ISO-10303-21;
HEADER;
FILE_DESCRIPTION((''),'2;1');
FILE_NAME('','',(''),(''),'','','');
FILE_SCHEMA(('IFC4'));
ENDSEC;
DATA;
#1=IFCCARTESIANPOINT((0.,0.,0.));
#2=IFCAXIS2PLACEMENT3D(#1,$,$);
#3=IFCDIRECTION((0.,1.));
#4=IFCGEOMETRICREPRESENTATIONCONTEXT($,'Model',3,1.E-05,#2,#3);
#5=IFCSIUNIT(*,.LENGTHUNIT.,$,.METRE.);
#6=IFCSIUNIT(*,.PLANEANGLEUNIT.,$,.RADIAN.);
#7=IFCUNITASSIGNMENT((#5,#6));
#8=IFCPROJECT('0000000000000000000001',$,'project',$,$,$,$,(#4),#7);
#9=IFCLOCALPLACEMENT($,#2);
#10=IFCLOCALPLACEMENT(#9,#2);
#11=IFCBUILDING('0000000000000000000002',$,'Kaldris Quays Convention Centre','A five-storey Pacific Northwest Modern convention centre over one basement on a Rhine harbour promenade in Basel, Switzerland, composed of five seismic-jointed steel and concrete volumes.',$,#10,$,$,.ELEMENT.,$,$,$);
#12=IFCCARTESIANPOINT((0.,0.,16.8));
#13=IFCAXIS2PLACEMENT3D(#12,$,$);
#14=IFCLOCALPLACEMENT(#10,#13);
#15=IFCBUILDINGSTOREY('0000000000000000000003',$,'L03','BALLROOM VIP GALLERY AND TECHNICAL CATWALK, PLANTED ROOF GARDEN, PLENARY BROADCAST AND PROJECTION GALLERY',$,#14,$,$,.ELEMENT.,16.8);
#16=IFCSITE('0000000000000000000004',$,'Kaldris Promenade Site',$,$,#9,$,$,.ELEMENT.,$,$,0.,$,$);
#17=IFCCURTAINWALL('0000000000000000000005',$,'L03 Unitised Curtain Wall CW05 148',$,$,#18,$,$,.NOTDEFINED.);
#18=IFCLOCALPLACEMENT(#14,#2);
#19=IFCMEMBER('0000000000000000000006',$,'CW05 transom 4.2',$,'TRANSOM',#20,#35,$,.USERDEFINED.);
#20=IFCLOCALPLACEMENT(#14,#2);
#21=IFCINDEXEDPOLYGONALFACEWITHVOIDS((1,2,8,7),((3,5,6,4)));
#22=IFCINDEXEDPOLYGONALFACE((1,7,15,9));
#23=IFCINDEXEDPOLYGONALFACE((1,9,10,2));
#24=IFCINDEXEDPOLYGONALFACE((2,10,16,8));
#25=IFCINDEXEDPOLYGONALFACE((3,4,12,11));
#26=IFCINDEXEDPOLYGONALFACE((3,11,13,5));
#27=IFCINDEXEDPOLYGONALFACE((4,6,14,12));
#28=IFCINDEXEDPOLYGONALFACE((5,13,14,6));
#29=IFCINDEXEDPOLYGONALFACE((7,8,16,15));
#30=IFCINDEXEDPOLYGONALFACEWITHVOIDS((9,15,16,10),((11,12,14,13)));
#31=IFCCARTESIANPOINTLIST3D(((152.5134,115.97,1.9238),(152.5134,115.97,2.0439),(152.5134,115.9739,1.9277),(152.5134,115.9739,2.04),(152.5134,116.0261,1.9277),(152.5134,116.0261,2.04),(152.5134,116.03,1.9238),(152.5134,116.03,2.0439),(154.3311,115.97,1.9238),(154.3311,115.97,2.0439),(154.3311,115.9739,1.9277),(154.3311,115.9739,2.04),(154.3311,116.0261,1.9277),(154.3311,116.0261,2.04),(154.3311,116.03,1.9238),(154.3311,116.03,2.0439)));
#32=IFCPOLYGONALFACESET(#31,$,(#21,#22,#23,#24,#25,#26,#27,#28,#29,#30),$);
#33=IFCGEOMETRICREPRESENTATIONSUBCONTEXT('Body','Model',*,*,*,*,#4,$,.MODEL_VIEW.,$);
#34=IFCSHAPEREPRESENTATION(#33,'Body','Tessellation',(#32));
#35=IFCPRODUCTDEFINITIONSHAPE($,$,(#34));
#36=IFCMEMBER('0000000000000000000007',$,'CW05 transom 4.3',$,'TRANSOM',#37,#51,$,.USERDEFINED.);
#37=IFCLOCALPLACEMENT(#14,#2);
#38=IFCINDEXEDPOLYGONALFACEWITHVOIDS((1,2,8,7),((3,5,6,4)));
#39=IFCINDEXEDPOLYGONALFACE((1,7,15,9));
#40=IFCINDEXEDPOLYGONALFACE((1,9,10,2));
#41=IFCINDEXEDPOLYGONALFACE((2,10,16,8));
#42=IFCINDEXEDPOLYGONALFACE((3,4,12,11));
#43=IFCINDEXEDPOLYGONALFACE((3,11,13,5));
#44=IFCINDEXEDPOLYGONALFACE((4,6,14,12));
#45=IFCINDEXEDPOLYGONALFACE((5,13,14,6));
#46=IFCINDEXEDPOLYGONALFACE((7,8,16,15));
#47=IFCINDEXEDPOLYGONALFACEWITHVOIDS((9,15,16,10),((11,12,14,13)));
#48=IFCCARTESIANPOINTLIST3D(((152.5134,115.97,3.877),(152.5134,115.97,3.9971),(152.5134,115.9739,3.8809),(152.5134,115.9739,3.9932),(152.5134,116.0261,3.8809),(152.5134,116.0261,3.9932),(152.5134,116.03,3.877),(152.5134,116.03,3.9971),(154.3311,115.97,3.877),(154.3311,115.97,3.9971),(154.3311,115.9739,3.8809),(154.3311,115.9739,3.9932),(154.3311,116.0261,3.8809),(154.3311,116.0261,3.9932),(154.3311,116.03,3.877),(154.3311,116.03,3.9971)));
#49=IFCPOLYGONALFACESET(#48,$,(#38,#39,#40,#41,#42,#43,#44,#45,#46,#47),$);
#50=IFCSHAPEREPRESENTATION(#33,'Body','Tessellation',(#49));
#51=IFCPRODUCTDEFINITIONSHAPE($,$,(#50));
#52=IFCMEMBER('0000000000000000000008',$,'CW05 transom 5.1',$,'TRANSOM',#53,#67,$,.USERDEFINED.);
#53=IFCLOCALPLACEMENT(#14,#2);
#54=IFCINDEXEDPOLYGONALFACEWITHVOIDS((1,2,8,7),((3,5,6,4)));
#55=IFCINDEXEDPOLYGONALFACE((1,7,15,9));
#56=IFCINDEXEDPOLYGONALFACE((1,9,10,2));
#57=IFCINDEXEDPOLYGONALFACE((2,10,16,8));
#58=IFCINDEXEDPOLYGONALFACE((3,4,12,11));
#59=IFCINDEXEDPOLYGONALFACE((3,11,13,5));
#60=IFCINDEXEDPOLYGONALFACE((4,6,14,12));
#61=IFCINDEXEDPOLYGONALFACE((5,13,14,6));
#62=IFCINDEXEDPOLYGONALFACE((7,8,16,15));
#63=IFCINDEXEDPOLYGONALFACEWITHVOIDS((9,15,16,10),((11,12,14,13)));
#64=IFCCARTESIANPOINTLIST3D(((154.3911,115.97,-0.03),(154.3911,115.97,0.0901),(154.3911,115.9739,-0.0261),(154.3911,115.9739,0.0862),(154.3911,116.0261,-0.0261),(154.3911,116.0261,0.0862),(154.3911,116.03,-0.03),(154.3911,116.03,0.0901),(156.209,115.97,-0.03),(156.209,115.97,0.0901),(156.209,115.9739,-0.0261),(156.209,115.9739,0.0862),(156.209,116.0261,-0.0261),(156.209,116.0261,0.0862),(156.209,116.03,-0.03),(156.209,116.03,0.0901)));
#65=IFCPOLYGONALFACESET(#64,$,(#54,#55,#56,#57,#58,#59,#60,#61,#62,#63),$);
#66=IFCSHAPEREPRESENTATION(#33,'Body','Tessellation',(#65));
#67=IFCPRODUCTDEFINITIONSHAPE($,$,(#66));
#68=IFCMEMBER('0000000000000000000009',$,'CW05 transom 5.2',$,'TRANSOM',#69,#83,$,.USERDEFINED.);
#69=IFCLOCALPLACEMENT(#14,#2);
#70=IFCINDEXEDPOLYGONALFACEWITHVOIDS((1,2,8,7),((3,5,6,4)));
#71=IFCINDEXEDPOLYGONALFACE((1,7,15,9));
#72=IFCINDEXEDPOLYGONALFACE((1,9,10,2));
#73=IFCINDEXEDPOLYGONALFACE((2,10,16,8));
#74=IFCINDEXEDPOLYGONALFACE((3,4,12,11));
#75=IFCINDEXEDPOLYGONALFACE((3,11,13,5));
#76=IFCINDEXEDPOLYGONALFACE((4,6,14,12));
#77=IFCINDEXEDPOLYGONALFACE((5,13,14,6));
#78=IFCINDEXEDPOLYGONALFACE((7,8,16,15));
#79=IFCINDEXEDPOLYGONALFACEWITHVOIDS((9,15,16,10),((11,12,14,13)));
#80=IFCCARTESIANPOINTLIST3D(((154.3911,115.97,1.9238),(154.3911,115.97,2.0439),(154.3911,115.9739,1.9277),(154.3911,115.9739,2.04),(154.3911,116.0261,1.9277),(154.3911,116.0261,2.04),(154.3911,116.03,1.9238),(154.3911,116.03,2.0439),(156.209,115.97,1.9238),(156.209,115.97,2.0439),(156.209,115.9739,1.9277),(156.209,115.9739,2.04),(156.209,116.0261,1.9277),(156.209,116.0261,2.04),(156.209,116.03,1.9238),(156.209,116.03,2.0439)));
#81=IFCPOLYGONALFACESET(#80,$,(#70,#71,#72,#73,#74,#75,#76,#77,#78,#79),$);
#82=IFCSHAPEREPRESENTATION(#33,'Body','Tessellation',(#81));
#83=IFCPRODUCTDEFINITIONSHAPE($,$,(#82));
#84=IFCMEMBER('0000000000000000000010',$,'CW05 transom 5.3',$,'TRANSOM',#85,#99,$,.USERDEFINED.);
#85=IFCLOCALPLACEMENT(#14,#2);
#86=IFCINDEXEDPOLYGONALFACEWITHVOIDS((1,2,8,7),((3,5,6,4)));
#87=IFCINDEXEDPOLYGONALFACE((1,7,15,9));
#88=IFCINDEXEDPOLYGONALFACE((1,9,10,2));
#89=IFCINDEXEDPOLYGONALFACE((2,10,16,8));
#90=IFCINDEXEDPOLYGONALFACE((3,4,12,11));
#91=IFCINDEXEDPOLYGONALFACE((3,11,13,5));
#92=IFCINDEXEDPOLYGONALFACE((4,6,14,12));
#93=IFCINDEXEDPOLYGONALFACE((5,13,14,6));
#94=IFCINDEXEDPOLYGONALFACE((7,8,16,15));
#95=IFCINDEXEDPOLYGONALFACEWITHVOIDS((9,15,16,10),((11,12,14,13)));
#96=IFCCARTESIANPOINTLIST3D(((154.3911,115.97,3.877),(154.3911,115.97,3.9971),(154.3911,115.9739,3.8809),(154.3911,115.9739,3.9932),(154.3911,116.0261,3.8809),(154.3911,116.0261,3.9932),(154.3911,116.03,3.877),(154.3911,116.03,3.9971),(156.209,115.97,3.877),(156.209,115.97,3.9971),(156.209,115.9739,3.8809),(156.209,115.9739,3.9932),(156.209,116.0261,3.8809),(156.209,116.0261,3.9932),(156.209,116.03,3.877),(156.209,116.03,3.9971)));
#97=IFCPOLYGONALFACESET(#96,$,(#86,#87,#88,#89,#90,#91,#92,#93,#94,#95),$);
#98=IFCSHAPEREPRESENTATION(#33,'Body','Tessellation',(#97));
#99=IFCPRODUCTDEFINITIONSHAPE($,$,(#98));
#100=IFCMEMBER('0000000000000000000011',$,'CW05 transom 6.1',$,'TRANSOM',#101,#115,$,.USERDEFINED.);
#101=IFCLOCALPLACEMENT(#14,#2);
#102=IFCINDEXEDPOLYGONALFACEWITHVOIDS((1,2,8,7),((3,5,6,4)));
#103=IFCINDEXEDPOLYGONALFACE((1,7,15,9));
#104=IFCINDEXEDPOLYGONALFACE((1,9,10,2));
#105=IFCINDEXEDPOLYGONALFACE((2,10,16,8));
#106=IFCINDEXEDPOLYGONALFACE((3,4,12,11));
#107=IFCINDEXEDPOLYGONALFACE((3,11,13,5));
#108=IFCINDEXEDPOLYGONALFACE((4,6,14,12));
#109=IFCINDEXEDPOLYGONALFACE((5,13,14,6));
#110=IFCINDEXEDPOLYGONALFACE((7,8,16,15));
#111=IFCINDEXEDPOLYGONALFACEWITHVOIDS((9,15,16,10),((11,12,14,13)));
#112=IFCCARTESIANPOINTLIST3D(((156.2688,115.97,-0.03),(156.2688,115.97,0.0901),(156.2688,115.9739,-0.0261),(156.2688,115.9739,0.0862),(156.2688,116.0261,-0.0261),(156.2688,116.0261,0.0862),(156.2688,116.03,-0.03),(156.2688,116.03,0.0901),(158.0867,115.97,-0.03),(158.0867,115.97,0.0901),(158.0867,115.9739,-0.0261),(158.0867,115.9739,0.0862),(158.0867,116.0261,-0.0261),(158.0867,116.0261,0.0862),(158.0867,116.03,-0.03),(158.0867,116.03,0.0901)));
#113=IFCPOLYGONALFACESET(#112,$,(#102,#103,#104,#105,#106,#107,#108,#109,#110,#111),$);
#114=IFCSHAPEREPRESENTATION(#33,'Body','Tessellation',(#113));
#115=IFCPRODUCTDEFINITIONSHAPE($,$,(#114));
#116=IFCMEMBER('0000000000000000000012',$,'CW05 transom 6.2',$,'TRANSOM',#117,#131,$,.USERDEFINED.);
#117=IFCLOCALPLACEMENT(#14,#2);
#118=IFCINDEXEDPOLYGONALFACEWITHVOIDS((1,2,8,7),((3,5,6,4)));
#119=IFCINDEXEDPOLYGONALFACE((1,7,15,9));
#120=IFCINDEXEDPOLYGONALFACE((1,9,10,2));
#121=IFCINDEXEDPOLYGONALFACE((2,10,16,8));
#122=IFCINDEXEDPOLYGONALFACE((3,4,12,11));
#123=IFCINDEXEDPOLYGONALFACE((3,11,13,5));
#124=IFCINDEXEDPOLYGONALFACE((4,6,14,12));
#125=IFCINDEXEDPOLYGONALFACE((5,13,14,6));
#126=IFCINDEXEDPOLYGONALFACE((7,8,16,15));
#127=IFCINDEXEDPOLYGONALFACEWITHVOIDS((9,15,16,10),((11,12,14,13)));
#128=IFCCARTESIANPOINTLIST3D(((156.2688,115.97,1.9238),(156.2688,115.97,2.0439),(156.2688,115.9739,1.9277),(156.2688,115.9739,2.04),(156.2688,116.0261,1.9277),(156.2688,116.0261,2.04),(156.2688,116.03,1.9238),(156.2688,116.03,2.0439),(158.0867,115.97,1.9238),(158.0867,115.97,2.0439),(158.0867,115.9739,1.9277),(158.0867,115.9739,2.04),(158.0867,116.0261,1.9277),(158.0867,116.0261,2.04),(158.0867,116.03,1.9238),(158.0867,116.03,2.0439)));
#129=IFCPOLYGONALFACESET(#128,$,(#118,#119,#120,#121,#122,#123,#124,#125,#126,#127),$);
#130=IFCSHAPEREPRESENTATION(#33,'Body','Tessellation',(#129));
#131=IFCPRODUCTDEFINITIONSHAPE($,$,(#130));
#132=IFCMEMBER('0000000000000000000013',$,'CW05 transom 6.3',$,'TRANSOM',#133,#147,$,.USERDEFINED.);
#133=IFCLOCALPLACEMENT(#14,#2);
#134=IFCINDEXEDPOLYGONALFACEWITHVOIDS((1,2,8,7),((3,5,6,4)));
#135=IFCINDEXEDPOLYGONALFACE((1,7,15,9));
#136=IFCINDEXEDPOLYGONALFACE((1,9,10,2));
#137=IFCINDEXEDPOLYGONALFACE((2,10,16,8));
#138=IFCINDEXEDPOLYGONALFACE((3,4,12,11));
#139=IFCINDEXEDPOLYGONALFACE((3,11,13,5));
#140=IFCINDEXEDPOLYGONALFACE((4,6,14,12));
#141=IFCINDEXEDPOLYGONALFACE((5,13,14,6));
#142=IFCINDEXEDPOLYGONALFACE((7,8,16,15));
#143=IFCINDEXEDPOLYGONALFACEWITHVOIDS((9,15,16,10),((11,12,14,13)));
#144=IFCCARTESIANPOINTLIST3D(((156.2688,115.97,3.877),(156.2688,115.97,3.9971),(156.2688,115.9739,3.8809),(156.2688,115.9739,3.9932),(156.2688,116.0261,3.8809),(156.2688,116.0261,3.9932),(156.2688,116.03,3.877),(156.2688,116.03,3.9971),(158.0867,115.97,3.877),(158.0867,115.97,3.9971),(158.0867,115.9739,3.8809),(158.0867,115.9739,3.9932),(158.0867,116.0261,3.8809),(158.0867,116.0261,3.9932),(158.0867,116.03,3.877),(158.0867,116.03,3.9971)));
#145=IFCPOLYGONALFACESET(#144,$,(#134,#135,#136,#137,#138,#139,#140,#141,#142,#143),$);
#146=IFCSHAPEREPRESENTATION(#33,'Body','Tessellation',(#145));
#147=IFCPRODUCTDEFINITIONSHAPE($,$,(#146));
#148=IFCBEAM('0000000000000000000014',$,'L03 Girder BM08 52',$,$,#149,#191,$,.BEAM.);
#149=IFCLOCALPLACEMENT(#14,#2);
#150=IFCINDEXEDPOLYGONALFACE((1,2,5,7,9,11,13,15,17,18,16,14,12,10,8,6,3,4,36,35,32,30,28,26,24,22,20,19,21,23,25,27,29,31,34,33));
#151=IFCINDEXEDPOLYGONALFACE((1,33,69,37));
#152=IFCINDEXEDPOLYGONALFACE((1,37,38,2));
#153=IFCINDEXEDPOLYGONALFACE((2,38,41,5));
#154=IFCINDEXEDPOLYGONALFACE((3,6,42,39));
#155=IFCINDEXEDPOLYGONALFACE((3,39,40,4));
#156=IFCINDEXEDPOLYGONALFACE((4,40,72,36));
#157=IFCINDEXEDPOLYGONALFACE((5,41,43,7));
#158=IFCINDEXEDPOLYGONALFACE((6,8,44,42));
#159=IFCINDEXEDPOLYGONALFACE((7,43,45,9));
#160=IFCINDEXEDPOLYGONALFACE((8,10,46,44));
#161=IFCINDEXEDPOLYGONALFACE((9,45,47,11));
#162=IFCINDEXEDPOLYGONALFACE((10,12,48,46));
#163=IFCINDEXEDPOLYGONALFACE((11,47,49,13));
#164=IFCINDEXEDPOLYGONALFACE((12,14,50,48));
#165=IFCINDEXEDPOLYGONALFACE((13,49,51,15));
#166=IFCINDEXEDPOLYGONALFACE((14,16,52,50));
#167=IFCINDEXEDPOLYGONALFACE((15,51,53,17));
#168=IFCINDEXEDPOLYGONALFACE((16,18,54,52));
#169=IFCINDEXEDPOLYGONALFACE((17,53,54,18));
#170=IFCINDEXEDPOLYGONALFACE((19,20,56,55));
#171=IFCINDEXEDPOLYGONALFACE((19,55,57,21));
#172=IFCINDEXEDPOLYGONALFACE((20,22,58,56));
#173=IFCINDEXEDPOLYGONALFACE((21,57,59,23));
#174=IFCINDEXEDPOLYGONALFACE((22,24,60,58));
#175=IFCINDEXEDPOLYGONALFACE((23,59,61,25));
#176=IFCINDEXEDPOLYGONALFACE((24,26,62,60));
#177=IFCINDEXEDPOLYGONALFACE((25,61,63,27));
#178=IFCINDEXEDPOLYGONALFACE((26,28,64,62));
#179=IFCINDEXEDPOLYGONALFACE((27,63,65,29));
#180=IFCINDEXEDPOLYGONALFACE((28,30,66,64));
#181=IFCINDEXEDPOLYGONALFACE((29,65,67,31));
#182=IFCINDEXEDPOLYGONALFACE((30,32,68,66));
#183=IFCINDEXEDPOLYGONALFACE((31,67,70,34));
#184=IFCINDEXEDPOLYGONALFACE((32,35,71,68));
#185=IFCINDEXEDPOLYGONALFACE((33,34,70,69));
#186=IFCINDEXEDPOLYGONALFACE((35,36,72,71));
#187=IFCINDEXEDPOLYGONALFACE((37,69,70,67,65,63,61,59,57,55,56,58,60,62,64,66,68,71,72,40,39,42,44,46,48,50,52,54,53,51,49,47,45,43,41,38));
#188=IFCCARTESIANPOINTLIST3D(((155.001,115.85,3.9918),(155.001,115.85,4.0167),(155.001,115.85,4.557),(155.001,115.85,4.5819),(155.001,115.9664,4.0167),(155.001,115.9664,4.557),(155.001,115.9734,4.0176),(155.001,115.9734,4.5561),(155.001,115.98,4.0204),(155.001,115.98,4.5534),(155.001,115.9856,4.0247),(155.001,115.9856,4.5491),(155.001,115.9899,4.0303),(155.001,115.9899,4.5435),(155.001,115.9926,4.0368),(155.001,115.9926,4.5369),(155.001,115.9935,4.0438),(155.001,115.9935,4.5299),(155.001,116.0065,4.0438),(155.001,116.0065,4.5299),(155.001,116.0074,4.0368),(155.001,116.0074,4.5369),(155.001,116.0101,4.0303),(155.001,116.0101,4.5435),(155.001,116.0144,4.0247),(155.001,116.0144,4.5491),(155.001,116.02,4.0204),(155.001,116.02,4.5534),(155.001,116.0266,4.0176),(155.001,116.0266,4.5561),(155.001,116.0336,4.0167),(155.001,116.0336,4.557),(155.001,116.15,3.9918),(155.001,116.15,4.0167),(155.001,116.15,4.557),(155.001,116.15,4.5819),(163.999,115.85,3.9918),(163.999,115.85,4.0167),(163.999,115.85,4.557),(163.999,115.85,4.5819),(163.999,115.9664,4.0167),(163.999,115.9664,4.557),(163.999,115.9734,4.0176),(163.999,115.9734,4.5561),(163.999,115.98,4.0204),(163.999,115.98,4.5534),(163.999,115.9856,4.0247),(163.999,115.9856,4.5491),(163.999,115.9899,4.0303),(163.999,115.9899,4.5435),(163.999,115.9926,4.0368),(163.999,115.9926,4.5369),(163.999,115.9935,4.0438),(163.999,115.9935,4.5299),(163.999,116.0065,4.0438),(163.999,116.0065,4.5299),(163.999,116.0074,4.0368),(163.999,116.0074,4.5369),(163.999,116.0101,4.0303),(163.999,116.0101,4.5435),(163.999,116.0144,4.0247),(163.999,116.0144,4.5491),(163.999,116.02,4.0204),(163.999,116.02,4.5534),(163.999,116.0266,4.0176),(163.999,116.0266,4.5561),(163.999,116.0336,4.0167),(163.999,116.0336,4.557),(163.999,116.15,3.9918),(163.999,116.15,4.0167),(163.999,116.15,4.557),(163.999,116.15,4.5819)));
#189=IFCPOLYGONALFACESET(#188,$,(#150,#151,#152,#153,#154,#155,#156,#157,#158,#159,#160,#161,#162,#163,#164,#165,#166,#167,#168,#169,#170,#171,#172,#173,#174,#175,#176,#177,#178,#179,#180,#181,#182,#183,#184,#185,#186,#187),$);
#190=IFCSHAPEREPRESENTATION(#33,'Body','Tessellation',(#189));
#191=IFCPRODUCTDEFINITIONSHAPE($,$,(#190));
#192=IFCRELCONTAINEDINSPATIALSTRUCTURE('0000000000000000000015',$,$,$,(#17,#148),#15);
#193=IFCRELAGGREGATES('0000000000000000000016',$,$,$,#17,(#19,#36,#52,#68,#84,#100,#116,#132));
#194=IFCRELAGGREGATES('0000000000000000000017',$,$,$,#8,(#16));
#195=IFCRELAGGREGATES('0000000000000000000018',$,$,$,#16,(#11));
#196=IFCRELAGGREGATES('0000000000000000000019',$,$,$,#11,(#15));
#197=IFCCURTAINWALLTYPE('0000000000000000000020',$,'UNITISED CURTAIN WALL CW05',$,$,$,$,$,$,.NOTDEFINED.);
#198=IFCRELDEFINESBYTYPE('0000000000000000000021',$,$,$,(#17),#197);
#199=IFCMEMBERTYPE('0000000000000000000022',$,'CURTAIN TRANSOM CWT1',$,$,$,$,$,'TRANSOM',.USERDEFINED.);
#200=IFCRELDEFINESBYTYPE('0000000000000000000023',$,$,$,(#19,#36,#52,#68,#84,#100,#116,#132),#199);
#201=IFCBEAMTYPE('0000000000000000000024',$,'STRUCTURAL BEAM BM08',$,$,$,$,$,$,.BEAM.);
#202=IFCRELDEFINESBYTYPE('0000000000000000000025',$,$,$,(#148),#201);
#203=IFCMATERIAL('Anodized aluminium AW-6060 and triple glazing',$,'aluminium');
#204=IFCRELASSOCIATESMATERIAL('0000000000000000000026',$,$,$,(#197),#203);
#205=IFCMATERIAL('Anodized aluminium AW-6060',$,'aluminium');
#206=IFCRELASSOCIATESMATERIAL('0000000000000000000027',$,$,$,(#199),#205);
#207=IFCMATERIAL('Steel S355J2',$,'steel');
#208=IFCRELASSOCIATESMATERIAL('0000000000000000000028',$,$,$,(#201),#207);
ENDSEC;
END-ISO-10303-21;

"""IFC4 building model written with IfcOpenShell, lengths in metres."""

from ifc_helpers import new_model, si_unit, direction, frame, origin, origin_2d, place, context, subcontext, project, spatial, hollow_rectangle, i_section, extrude, material, material_profile, profile_set, type_object, element, aggregate, save


model = new_model("IFC4")

# Units and contexts
model_context = context("Model", 3, precision=1e-05, world=origin(), true_north=direction((0.0, 1.0)))
body_context = subcontext(model_context, "Body", "Model", "MODEL_VIEW")
ifc_project = project(units=[si_unit("LENGTHUNIT", "METRE"), si_unit("PLANEANGLEUNIT", "RADIAN")], contexts=[model_context])

# Site, building, storey
site_placement = place(None, origin())
site = spatial("IfcSite", under=ifc_project, at=site_placement, Name="Kaldris Promenade Site", CompositionType="ELEMENT", RefElevation=0.0)
building_placement = place(site_placement, origin())
building = spatial("IfcBuilding", under=site, at=building_placement, Name="Kaldris Quays Convention Centre", Description="A five-storey Pacific Northwest Modern convention centre over one basement on a Rhine harbour promenade in Basel, Switzerland, composed of five seismic-jointed steel and concrete volumes.", CompositionType="ELEMENT")
storey_placement = place(building_placement, frame((0.0, 0.0, 16.8)))
storey = spatial("IfcBuildingStorey", under=building, at=storey_placement, Name="L03", Description="BALLROOM VIP GALLERY AND TECHNICAL CATWALK, PLANTED ROOF GARDEN, PLENARY BROADCAST AND PROJECTION GALLERY", CompositionType="ELEMENT", Elevation=16.8)

# Shared definitions
ifc_material_1 = material(Name="Steel S355J2", Category="steel")

# Curtain wall, members
ifc_material_2 = material(Name="Anodized aluminium AW-6060 and triple glazing", Category="aluminium")
curtain_wall_type = type_object("IfcCurtainWallType", Name="UNITISED CURTAIN WALL CW05", PredefinedType="NOTDEFINED", material=ifc_material_2)
curtain_wall_placement = place(storey_placement, origin())
curtain_wall = element("IfcCurtainWall", 1, at=curtain_wall_placement, inside=storey, type_object=curtain_wall_type, Name="L03 Unitised Curtain Wall CW05 148", PredefinedType="NOTDEFINED")
ifc_material_3 = material(Name="Anodized aluminium AW-6060", Category="aluminium")
ifc_material_profile_1 = material_profile(ifc_material_3, hollow_rectangle(XDim=0.0601, YDim=0.1201, WallThickness=0.0039, at=origin_2d()), Name="RHS 120x60x4")
ifc_profile_set_1 = profile_set([ifc_material_profile_1], Name="Anodized aluminium AW-6060")
member_type_1 = type_object("IfcMemberType", Name="CURTAIN TRANSOM CWT1", ElementType="TRANSOM", PredefinedType="USERDEFINED", material=ifc_profile_set_1)
member_1_placement = place(storey_placement, frame((152.5134, 116.0, 1.9839), z_axis=(1.0, 0.0, 0.0), x_axis=(0.0, 1.0, 0.0)))
member_1 = element("IfcMember", 2, at=member_1_placement, type_object=member_type_1, Name="CW05 transom 4.2", ObjectType="TRANSOM", PredefinedType="USERDEFINED", context=body_context, shape_type="SweptSolid", body=[
    extrude(hollow_rectangle(XDim=0.0601, YDim=0.1201, WallThickness=0.0039, at=origin_2d()), origin(), (0.0, 0.0, 1.0), 1.8176),
])
member_2_placement = place(storey_placement, frame((152.5134, 116.0, 3.937), z_axis=(1.0, 0.0, 0.0), x_axis=(0.0, 1.0, 0.0)))
member_2 = element("IfcMember", 3, at=member_2_placement, type_object=member_type_1, Name="CW05 transom 4.3", ObjectType="TRANSOM", PredefinedType="USERDEFINED", context=body_context, shape_type="SweptSolid", body=[
    extrude(hollow_rectangle(XDim=0.0601, YDim=0.1201, WallThickness=0.0039, at=origin_2d()), origin(), (0.0, 0.0, 1.0), 1.8176),
])
member_3_placement = place(storey_placement, frame((154.3911, 116.0, 0.03), z_axis=(1.0, 0.0, 0.0), x_axis=(0.0, 1.0, 0.0)))
member_3 = element("IfcMember", 4, at=member_3_placement, type_object=member_type_1, Name="CW05 transom 5.1", ObjectType="TRANSOM", PredefinedType="USERDEFINED", context=body_context, shape_type="SweptSolid", body=[
    extrude(hollow_rectangle(XDim=0.0601, YDim=0.1201, WallThickness=0.0039, at=origin_2d()), origin(), (0.0, 0.0, 1.0), 1.8179),
])
member_4_placement = place(storey_placement, frame((154.3911, 116.0, 1.9839), z_axis=(1.0, 0.0, 0.0), x_axis=(0.0, 1.0, 0.0)))
member_4 = element("IfcMember", 5, at=member_4_placement, type_object=member_type_1, Name="CW05 transom 5.2", ObjectType="TRANSOM", PredefinedType="USERDEFINED", context=body_context, shape_type="SweptSolid", body=[
    extrude(hollow_rectangle(XDim=0.0601, YDim=0.1201, WallThickness=0.0039, at=origin_2d()), origin(), (0.0, 0.0, 1.0), 1.8179),
])
member_5_placement = place(storey_placement, frame((154.3911, 116.0, 3.937), z_axis=(1.0, 0.0, 0.0), x_axis=(0.0, 1.0, 0.0)))
member_5 = element("IfcMember", 6, at=member_5_placement, type_object=member_type_1, Name="CW05 transom 5.3", ObjectType="TRANSOM", PredefinedType="USERDEFINED", context=body_context, shape_type="SweptSolid", body=[
    extrude(hollow_rectangle(XDim=0.0601, YDim=0.1201, WallThickness=0.0039, at=origin_2d()), origin(), (0.0, 0.0, 1.0), 1.8179),
])
member_6_placement = place(storey_placement, frame((156.2688, 116.0, 0.03), z_axis=(1.0, 0.0, 0.0), x_axis=(0.0, 1.0, 0.0)))
member_6 = element("IfcMember", 7, at=member_6_placement, type_object=member_type_1, Name="CW05 transom 6.1", ObjectType="TRANSOM", PredefinedType="USERDEFINED", context=body_context, shape_type="SweptSolid", body=[
    extrude(hollow_rectangle(XDim=0.0601, YDim=0.1201, WallThickness=0.0039, at=origin_2d()), origin(), (0.0, 0.0, 1.0), 1.8179),
])
member_7_placement = place(storey_placement, frame((156.2688, 116.0, 1.9839), z_axis=(1.0, 0.0, 0.0), x_axis=(0.0, 1.0, 0.0)))
member_7 = element("IfcMember", 8, at=member_7_placement, type_object=member_type_1, Name="CW05 transom 6.2", ObjectType="TRANSOM", PredefinedType="USERDEFINED", context=body_context, shape_type="SweptSolid", body=[
    extrude(hollow_rectangle(XDim=0.0601, YDim=0.1201, WallThickness=0.0039, at=origin_2d()), origin(), (0.0, 0.0, 1.0), 1.8179),
])
member_8_placement = place(storey_placement, frame((156.2688, 116.0, 3.937), z_axis=(1.0, 0.0, 0.0), x_axis=(0.0, 1.0, 0.0)))
member_8 = element("IfcMember", 9, at=member_8_placement, type_object=member_type_1, Name="CW05 transom 6.3", ObjectType="TRANSOM", PredefinedType="USERDEFINED", context=body_context, shape_type="SweptSolid", body=[
    extrude(hollow_rectangle(XDim=0.0601, YDim=0.1201, WallThickness=0.0039, at=origin_2d()), origin(), (0.0, 0.0, 1.0), 1.8179),
])

# Beam
ifc_material_profile_2 = material_profile(ifc_material_1, i_section(OverallWidth=0.3, OverallDepth=0.5901, WebThickness=0.0129, FlangeThickness=0.0249, FilletRadius=0.0271, at=origin_2d()), Name="HEA 600")
ifc_profile_set_2 = profile_set([ifc_material_profile_2], Name="Steel S355J2")
beam_type = type_object("IfcBeamType", Name="STRUCTURAL BEAM BM08", PredefinedType="BEAM", material=ifc_profile_set_2)
beam_placement = place(storey_placement, frame((155.001, 116.0, 4.2869), z_axis=(1.0, 0.0, 0.0), x_axis=(0.0, 1.0, 0.0)))
element("IfcBeam", 10, at=beam_placement, inside=storey, type_object=beam_type, Name="L03 Girder BM08 52", PredefinedType="BEAM", context=body_context, shape_type="SweptSolid", body=[
    extrude(i_section(OverallWidth=0.3, OverallDepth=0.5901, WebThickness=0.0129, FlangeThickness=0.0249, FilletRadius=0.0271, at=origin_2d()), origin(), (0.0, 0.0, 1.0), 8.998),
])

aggregate(curtain_wall, [member_1, member_2, member_3, member_4, member_5, member_6, member_7, member_8])

save(model, "model.ifc")
